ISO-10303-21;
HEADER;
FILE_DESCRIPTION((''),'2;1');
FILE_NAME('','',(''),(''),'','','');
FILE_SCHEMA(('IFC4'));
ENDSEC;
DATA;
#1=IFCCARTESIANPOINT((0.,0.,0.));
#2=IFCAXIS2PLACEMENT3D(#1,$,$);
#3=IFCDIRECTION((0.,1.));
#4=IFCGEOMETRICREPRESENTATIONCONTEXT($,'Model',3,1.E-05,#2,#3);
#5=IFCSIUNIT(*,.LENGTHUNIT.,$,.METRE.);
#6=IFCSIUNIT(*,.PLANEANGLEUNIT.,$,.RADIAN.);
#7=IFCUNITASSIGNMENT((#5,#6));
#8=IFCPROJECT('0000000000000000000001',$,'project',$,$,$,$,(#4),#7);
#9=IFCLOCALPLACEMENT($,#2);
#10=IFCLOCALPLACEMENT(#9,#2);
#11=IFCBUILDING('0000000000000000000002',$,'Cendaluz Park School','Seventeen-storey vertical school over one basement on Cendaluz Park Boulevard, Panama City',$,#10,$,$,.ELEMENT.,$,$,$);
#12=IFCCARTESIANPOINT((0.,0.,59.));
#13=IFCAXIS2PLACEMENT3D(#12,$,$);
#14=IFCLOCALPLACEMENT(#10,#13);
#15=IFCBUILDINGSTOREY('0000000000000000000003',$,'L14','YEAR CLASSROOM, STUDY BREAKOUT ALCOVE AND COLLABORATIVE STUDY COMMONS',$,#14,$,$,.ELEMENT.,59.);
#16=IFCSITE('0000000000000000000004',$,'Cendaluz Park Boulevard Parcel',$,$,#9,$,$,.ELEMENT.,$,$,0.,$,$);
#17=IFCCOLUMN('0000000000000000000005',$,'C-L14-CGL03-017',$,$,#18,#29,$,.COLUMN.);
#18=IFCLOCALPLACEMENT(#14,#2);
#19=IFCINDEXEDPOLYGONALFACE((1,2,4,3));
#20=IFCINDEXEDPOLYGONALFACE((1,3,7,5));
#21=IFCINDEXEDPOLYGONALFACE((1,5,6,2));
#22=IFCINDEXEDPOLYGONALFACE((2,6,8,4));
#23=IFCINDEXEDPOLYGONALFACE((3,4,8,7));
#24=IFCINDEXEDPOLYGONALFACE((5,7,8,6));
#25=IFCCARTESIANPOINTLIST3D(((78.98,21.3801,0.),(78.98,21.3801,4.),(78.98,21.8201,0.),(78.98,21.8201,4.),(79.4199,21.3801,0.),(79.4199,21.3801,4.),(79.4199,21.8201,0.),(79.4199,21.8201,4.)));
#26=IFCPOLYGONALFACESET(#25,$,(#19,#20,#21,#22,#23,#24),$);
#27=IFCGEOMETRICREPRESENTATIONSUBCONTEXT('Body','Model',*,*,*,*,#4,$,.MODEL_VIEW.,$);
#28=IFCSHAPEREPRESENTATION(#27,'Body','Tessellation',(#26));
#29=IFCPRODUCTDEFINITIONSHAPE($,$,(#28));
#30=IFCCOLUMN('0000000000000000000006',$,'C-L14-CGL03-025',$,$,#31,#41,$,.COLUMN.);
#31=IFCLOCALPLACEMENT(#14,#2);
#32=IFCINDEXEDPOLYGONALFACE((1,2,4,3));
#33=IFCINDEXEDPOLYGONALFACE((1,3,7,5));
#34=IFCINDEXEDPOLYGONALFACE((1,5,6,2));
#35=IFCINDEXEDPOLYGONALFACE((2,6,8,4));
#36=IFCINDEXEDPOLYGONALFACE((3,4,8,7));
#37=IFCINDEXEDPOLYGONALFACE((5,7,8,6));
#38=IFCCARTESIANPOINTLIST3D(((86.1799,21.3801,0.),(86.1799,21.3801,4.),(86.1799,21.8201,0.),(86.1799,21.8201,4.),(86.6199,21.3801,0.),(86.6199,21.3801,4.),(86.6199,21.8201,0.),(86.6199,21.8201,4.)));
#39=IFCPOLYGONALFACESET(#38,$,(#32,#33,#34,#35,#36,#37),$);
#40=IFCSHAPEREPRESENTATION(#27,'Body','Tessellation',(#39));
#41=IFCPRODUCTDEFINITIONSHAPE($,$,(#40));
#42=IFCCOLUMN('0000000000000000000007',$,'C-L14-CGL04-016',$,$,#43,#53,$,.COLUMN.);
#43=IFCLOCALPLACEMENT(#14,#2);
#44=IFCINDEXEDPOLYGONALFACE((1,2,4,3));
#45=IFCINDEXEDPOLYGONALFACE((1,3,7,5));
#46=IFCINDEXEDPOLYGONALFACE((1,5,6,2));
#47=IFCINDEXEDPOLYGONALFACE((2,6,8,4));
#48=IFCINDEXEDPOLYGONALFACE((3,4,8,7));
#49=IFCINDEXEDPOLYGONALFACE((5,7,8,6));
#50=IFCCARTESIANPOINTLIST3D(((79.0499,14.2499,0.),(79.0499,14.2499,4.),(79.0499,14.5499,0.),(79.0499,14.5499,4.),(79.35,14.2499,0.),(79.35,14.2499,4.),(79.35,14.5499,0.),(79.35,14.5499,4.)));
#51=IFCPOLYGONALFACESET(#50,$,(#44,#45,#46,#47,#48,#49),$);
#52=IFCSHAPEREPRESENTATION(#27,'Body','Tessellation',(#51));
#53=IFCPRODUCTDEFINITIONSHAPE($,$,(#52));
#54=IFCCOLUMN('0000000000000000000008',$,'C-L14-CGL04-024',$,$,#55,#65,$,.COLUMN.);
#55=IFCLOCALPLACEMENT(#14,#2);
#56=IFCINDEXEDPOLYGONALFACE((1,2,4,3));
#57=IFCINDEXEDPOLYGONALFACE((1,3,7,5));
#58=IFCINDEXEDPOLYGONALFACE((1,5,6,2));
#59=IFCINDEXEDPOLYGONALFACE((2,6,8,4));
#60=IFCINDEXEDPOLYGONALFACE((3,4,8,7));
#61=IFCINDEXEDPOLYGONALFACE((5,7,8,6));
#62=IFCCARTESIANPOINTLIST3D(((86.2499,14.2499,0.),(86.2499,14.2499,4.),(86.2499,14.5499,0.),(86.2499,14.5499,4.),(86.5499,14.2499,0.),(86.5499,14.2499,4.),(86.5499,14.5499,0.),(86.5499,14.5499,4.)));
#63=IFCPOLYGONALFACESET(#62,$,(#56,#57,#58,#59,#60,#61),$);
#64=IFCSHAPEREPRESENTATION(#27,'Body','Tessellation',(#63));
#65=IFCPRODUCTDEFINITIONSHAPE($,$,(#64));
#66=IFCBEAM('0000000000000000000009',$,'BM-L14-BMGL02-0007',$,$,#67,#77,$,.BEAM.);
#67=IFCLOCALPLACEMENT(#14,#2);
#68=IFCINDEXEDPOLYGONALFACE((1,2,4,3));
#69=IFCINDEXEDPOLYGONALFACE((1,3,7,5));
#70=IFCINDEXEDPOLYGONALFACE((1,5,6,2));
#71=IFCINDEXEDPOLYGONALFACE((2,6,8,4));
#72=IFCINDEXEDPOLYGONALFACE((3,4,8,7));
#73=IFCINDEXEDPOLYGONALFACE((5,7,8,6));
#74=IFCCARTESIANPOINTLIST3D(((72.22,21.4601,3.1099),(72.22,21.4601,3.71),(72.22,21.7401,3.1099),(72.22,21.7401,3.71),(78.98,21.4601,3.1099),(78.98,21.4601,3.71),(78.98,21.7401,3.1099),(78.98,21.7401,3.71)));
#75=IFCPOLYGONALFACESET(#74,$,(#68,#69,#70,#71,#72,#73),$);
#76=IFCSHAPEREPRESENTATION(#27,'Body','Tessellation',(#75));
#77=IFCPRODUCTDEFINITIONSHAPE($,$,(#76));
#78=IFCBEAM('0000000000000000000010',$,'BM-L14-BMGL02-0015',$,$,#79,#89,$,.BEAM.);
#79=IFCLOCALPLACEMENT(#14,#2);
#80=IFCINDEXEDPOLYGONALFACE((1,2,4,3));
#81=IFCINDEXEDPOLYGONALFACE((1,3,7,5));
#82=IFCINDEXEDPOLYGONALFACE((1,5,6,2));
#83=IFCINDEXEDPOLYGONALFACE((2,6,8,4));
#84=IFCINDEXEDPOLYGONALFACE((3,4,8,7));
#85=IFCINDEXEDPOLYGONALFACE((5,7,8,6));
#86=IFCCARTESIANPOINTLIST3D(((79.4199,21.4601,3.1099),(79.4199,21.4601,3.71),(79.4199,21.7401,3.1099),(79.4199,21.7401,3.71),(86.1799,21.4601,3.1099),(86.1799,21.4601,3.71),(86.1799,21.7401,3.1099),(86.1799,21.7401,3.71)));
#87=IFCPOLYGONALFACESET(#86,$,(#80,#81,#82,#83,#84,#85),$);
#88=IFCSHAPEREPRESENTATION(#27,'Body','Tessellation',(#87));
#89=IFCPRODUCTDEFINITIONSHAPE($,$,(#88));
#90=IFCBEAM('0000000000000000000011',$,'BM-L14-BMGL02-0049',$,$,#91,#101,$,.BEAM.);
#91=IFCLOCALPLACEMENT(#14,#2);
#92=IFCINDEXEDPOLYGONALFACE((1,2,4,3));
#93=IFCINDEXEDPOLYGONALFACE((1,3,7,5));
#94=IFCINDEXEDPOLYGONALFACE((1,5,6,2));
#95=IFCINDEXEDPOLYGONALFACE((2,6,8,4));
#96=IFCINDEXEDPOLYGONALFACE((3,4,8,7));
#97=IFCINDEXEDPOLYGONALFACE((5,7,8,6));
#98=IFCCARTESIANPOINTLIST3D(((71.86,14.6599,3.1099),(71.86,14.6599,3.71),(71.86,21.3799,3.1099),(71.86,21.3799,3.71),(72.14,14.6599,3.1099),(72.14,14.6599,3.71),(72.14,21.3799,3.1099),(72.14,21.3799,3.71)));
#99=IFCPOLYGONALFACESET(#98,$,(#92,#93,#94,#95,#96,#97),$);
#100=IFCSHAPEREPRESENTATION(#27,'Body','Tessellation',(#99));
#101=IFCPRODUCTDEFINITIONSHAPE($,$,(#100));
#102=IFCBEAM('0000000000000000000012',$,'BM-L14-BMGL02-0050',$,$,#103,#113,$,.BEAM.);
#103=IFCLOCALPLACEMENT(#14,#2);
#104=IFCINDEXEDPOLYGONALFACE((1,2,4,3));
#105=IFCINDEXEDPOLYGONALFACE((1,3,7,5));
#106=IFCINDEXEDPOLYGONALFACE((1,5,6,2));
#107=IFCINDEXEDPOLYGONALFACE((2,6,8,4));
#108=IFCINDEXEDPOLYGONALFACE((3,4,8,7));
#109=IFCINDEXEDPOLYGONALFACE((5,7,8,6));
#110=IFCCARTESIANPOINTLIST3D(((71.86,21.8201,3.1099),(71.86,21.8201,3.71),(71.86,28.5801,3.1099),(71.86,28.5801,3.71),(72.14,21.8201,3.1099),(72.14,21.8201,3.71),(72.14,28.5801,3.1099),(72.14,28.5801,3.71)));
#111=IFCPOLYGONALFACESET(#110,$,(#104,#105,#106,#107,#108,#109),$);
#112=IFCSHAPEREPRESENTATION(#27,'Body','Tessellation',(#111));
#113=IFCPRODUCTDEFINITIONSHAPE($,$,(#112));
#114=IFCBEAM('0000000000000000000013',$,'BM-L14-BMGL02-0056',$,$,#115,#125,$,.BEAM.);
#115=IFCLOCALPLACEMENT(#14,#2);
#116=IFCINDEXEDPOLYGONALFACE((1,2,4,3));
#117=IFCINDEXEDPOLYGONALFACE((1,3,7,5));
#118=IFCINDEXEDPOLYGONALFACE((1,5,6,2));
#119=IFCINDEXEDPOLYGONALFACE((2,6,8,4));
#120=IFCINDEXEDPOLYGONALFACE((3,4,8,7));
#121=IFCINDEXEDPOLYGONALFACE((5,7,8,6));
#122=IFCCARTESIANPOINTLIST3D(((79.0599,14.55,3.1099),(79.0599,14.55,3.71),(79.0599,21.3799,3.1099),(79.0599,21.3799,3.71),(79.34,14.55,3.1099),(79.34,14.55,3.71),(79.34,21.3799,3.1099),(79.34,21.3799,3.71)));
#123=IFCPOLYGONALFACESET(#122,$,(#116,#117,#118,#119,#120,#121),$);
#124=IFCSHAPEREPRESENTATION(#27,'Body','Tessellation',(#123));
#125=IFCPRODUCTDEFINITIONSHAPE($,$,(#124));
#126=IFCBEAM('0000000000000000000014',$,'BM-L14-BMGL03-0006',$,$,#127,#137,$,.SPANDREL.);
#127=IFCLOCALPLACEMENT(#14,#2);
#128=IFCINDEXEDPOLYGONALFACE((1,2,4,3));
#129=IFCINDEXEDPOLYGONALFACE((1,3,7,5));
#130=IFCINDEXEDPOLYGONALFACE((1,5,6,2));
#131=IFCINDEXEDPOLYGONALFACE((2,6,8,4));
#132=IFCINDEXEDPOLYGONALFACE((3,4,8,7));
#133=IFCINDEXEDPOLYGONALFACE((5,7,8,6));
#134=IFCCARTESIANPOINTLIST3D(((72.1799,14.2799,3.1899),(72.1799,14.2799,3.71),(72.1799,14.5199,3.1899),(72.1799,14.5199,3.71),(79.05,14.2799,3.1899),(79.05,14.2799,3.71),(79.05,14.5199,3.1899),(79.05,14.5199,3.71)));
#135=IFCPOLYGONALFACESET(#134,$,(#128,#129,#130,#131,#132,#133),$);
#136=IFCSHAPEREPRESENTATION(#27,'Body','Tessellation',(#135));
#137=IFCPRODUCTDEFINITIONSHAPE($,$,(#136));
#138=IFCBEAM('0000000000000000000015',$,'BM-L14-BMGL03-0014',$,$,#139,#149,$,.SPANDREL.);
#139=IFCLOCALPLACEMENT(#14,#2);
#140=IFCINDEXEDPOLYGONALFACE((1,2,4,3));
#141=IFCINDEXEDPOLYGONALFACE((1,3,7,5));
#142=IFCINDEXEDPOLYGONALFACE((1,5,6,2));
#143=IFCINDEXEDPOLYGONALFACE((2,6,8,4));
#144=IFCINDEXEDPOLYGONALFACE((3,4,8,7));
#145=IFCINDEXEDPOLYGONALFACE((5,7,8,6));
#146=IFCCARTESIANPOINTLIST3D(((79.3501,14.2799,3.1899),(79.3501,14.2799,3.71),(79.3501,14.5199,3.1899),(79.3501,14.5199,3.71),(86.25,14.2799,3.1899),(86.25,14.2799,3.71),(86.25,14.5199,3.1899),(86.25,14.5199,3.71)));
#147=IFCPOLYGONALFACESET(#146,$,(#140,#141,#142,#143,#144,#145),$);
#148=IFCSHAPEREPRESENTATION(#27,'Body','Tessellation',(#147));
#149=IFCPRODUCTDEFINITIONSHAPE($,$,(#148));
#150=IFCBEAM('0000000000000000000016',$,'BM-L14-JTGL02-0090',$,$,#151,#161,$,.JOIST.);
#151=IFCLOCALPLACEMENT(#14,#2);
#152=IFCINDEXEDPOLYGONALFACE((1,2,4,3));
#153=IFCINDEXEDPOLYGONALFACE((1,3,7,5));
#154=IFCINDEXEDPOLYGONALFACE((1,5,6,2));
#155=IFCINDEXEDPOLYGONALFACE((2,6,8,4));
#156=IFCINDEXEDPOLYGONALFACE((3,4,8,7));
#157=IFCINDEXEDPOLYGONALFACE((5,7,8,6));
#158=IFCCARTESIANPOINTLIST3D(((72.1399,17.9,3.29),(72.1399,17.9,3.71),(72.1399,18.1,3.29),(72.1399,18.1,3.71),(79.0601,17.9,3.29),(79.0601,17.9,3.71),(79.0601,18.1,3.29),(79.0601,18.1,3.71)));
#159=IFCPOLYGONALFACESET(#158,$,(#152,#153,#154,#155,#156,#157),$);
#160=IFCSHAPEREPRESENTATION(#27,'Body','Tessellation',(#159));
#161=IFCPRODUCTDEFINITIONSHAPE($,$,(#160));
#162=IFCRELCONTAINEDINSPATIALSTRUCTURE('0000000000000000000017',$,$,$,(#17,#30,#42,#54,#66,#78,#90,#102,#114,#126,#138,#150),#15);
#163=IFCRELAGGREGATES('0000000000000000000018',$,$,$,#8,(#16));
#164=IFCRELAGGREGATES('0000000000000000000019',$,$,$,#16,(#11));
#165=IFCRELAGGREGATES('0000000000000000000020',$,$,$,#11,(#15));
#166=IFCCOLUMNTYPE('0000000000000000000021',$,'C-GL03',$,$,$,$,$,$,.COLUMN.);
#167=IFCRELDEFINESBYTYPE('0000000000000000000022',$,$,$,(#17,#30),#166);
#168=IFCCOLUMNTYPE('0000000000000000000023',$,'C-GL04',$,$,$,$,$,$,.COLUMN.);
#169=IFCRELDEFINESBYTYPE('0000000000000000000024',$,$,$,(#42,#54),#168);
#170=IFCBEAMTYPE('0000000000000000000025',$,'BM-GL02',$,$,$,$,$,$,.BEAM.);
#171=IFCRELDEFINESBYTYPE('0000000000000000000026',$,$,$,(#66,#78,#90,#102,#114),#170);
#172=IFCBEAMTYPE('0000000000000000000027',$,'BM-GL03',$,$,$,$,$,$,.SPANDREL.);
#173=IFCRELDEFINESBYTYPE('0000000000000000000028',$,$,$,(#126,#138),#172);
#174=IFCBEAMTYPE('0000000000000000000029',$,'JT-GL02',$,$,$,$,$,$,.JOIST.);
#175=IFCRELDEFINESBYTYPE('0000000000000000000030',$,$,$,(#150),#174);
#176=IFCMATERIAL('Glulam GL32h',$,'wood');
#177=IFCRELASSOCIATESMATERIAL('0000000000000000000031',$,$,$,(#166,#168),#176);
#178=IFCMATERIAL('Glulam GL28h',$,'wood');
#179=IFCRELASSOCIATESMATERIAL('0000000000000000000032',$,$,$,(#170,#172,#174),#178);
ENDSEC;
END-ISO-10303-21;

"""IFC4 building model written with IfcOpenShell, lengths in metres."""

from ifc_helpers import new_model, si_unit, direction, frame, origin, origin_2d, place, context, subcontext, project, spatial, rectangle, extrude, material, material_profile, profile_set, type_object, element, save


model = new_model("IFC4")

# Units and contexts
model_context = context("Model", 3, precision=1e-05, world=origin(), true_north=direction((0.0, 1.0)))
body_context = subcontext(model_context, "Body", "Model", "MODEL_VIEW")
ifc_project = project(units=[si_unit("LENGTHUNIT", "METRE"), si_unit("PLANEANGLEUNIT", "RADIAN")], contexts=[model_context])

# Site, building, storey
site_placement = place(None, origin())
site = spatial("IfcSite", under=ifc_project, at=site_placement, Name="Cendaluz Park Boulevard Parcel", CompositionType="ELEMENT", RefElevation=0.0)
building_placement = place(site_placement, origin())
building = spatial("IfcBuilding", under=site, at=building_placement, Name="Cendaluz Park School", Description="Seventeen-storey vertical school over one basement on Cendaluz Park Boulevard, Panama City", CompositionType="ELEMENT")
storey_placement = place(building_placement, frame((0.0, 0.0, 59.0)))
storey = spatial("IfcBuildingStorey", under=building, at=storey_placement, Name="L14", Description="YEAR CLASSROOM, STUDY BREAKOUT ALCOVE AND COLLABORATIVE STUDY COMMONS", CompositionType="ELEMENT", Elevation=59.0)

# Columns
ifc_material_1 = material(Name="Glulam GL32h", Category="wood")
ifc_material_profile_1 = material_profile(ifc_material_1, rectangle(XDim=0.4399, YDim=0.4399, at=origin_2d()), Name="GL32h 440x440", Category="wood")
ifc_profile_set_1 = profile_set([ifc_material_profile_1], Name="Glulam GL32h")
column_type_1 = type_object("IfcColumnType", Name="C-GL03", PredefinedType="COLUMN", material=ifc_profile_set_1)
for number, where, z_axis, x_axis, name in (
    (1, (79.2, 21.6001, 0.0), (0.0, 0.0, 1.0), (1.0, 0.0, 0.0), "C-L14-CGL03-017"),
    (2, (86.3999, 21.6001, 0.0), (0.0, 0.0, 1.0), (1.0, 0.0, 0.0), "C-L14-CGL03-025"),
):
    element("IfcColumn", number, at=place(storey_placement, frame(where, z_axis=z_axis, x_axis=x_axis)), inside=storey, type_object=column_type_1, Name=name, PredefinedType="COLUMN", context=body_context, shape_type="SweptSolid", body=[
        extrude(rectangle(XDim=0.4399, YDim=0.4399, at=origin_2d()), origin(), (0.0, 0.0, 1.0), 4.0),
    ])
ifc_material_profile_2 = material_profile(ifc_material_1, rectangle(XDim=0.3, YDim=0.3, at=origin_2d()), Name="GL32h 300x300", Category="wood")
ifc_profile_set_2 = profile_set([ifc_material_profile_2], Name="Glulam GL32h")
column_type_2 = type_object("IfcColumnType", Name="C-GL04", PredefinedType="COLUMN", material=ifc_profile_set_2)
for number, where, z_axis, x_axis, name in (
    (3, (79.2, 14.3999, 0.0), (0.0, 0.0, 1.0), (1.0, 0.0, 0.0), "C-L14-CGL04-016"),
    (4, (86.3999, 14.3999, 0.0), (0.0, 0.0, 1.0), (1.0, 0.0, 0.0), "C-L14-CGL04-024"),
):
    element("IfcColumn", number, at=place(storey_placement, frame(where, z_axis=z_axis, x_axis=x_axis)), inside=storey, type_object=column_type_2, Name=name, PredefinedType="COLUMN", context=body_context, shape_type="SweptSolid", body=[
        extrude(rectangle(XDim=0.3, YDim=0.3, at=origin_2d()), origin(), (0.0, 0.0, 1.0), 4.0),
    ])

# Beams
ifc_material_2 = material(Name="Glulam GL28h", Category="wood")
ifc_material_profile_3 = material_profile(ifc_material_2, rectangle(XDim=0.28, YDim=0.6001, at=origin_2d()), Name="GL28h 280x600", Category="wood")
ifc_profile_set_3 = profile_set([ifc_material_profile_3], Name="Glulam GL28h")
beam_type_1 = type_object("IfcBeamType", Name="BM-GL02", PredefinedType="BEAM", material=ifc_profile_set_3)
for number, where, z_axis, x_axis, name in (
    (5, (72.22, 21.6001, 3.4099), (1.0, 0.0, 0.0), (0.0, 1.0, 0.0), "BM-L14-BMGL02-0007"),
    (6, (79.4199, 21.6001, 3.4099), (1.0, 0.0, 0.0), (0.0, 1.0, 0.0), "BM-L14-BMGL02-0015"),
):
    element("IfcBeam", number, at=place(storey_placement, frame(where, z_axis=z_axis, x_axis=x_axis)), inside=storey, type_object=beam_type_1, Name=name, PredefinedType="BEAM", context=body_context, shape_type="SweptSolid", body=[
        extrude(rectangle(XDim=0.28, YDim=0.6001, at=origin_2d()), origin(), (0.0, 0.0, 1.0), 6.76),
    ])
beam_1_placement = place(storey_placement, frame((72.0, 14.6599, 3.4099), z_axis=(0.0, 1.0, 0.0), x_axis=(-1.0, 0.0, 0.0)))
element("IfcBeam", 7, at=beam_1_placement, inside=storey, type_object=beam_type_1, Name="BM-L14-BMGL02-0049", PredefinedType="BEAM", context=body_context, shape_type="SweptSolid", body=[
    extrude(rectangle(XDim=0.28, YDim=0.6001, at=origin_2d()), origin(), (0.0, 0.0, 1.0), 6.72),
])
beam_2_placement = place(storey_placement, frame((72.0, 21.8201, 3.4099), z_axis=(0.0, 1.0, 0.0), x_axis=(-1.0, 0.0, 0.0)))
element("IfcBeam", 8, at=beam_2_placement, inside=storey, type_object=beam_type_1, Name="BM-L14-BMGL02-0050", PredefinedType="BEAM", context=body_context, shape_type="SweptSolid", body=[
    extrude(rectangle(XDim=0.28, YDim=0.6001, at=origin_2d()), origin(), (0.0, 0.0, 1.0), 6.76),
])
beam_3_placement = place(storey_placement, frame((79.2, 14.55, 3.4099), z_axis=(0.0, 1.0, 0.0), x_axis=(-1.0, 0.0, 0.0)))
element("IfcBeam", 9, at=beam_3_placement, inside=storey, type_object=beam_type_1, Name="BM-L14-BMGL02-0056", PredefinedType="BEAM", context=body_context, shape_type="SweptSolid", body=[
    extrude(rectangle(XDim=0.28, YDim=0.6001, at=origin_2d()), origin(), (0.0, 0.0, 1.0), 6.8298),
])
ifc_material_profile_4 = material_profile(ifc_material_2, rectangle(XDim=0.24, YDim=0.52, at=origin_2d()), Name="GL28h 240x520", Category="wood")
ifc_profile_set_4 = profile_set([ifc_material_profile_4], Name="Glulam GL28h")
beam_type_2 = type_object("IfcBeamType", Name="BM-GL03", PredefinedType="SPANDREL", material=ifc_profile_set_4)
beam_4_placement = place(storey_placement, frame((72.1799, 14.3999, 3.45), z_axis=(1.0, 0.0, 0.0), x_axis=(0.0, 1.0, 0.0)))
element("IfcBeam", 10, at=beam_4_placement, inside=storey, type_object=beam_type_2, Name="BM-L14-BMGL03-0006", PredefinedType="SPANDREL", context=body_context, shape_type="SweptSolid", body=[
    extrude(rectangle(XDim=0.24, YDim=0.52, at=origin_2d()), origin(), (0.0, 0.0, 1.0), 6.8701),
])
beam_5_placement = place(storey_placement, frame((79.3501, 14.3999, 3.45), z_axis=(1.0, 0.0, 0.0), x_axis=(0.0, 1.0, 0.0)))
element("IfcBeam", 11, at=beam_5_placement, inside=storey, type_object=beam_type_2, Name="BM-L14-BMGL03-0014", PredefinedType="SPANDREL", context=body_context, shape_type="SweptSolid", body=[
    extrude(rectangle(XDim=0.24, YDim=0.52, at=origin_2d()), origin(), (0.0, 0.0, 1.0), 6.8999),
])
ifc_material_profile_5 = material_profile(ifc_material_2, rectangle(XDim=0.2, YDim=0.4199, at=origin_2d()), Name="GL28h 200x420", Category="wood")
ifc_profile_set_5 = profile_set([ifc_material_profile_5], Name="Glulam GL28h")
beam_type_3 = type_object("IfcBeamType", Name="JT-GL02", PredefinedType="JOIST", material=ifc_profile_set_5)
beam_6_placement = place(storey_placement, frame((72.1399, 18.0, 3.5), z_axis=(1.0, 0.0, 0.0), x_axis=(0.0, 1.0, 0.0)))
element("IfcBeam", 12, at=beam_6_placement, inside=storey, type_object=beam_type_3, Name="BM-L14-JTGL02-0090", PredefinedType="JOIST", context=body_context, shape_type="SweptSolid", body=[
    extrude(rectangle(XDim=0.2, YDim=0.4199, at=origin_2d()), origin(), (0.0, 0.0, 1.0), 6.9202),
])

save(model, "model.ifc")
